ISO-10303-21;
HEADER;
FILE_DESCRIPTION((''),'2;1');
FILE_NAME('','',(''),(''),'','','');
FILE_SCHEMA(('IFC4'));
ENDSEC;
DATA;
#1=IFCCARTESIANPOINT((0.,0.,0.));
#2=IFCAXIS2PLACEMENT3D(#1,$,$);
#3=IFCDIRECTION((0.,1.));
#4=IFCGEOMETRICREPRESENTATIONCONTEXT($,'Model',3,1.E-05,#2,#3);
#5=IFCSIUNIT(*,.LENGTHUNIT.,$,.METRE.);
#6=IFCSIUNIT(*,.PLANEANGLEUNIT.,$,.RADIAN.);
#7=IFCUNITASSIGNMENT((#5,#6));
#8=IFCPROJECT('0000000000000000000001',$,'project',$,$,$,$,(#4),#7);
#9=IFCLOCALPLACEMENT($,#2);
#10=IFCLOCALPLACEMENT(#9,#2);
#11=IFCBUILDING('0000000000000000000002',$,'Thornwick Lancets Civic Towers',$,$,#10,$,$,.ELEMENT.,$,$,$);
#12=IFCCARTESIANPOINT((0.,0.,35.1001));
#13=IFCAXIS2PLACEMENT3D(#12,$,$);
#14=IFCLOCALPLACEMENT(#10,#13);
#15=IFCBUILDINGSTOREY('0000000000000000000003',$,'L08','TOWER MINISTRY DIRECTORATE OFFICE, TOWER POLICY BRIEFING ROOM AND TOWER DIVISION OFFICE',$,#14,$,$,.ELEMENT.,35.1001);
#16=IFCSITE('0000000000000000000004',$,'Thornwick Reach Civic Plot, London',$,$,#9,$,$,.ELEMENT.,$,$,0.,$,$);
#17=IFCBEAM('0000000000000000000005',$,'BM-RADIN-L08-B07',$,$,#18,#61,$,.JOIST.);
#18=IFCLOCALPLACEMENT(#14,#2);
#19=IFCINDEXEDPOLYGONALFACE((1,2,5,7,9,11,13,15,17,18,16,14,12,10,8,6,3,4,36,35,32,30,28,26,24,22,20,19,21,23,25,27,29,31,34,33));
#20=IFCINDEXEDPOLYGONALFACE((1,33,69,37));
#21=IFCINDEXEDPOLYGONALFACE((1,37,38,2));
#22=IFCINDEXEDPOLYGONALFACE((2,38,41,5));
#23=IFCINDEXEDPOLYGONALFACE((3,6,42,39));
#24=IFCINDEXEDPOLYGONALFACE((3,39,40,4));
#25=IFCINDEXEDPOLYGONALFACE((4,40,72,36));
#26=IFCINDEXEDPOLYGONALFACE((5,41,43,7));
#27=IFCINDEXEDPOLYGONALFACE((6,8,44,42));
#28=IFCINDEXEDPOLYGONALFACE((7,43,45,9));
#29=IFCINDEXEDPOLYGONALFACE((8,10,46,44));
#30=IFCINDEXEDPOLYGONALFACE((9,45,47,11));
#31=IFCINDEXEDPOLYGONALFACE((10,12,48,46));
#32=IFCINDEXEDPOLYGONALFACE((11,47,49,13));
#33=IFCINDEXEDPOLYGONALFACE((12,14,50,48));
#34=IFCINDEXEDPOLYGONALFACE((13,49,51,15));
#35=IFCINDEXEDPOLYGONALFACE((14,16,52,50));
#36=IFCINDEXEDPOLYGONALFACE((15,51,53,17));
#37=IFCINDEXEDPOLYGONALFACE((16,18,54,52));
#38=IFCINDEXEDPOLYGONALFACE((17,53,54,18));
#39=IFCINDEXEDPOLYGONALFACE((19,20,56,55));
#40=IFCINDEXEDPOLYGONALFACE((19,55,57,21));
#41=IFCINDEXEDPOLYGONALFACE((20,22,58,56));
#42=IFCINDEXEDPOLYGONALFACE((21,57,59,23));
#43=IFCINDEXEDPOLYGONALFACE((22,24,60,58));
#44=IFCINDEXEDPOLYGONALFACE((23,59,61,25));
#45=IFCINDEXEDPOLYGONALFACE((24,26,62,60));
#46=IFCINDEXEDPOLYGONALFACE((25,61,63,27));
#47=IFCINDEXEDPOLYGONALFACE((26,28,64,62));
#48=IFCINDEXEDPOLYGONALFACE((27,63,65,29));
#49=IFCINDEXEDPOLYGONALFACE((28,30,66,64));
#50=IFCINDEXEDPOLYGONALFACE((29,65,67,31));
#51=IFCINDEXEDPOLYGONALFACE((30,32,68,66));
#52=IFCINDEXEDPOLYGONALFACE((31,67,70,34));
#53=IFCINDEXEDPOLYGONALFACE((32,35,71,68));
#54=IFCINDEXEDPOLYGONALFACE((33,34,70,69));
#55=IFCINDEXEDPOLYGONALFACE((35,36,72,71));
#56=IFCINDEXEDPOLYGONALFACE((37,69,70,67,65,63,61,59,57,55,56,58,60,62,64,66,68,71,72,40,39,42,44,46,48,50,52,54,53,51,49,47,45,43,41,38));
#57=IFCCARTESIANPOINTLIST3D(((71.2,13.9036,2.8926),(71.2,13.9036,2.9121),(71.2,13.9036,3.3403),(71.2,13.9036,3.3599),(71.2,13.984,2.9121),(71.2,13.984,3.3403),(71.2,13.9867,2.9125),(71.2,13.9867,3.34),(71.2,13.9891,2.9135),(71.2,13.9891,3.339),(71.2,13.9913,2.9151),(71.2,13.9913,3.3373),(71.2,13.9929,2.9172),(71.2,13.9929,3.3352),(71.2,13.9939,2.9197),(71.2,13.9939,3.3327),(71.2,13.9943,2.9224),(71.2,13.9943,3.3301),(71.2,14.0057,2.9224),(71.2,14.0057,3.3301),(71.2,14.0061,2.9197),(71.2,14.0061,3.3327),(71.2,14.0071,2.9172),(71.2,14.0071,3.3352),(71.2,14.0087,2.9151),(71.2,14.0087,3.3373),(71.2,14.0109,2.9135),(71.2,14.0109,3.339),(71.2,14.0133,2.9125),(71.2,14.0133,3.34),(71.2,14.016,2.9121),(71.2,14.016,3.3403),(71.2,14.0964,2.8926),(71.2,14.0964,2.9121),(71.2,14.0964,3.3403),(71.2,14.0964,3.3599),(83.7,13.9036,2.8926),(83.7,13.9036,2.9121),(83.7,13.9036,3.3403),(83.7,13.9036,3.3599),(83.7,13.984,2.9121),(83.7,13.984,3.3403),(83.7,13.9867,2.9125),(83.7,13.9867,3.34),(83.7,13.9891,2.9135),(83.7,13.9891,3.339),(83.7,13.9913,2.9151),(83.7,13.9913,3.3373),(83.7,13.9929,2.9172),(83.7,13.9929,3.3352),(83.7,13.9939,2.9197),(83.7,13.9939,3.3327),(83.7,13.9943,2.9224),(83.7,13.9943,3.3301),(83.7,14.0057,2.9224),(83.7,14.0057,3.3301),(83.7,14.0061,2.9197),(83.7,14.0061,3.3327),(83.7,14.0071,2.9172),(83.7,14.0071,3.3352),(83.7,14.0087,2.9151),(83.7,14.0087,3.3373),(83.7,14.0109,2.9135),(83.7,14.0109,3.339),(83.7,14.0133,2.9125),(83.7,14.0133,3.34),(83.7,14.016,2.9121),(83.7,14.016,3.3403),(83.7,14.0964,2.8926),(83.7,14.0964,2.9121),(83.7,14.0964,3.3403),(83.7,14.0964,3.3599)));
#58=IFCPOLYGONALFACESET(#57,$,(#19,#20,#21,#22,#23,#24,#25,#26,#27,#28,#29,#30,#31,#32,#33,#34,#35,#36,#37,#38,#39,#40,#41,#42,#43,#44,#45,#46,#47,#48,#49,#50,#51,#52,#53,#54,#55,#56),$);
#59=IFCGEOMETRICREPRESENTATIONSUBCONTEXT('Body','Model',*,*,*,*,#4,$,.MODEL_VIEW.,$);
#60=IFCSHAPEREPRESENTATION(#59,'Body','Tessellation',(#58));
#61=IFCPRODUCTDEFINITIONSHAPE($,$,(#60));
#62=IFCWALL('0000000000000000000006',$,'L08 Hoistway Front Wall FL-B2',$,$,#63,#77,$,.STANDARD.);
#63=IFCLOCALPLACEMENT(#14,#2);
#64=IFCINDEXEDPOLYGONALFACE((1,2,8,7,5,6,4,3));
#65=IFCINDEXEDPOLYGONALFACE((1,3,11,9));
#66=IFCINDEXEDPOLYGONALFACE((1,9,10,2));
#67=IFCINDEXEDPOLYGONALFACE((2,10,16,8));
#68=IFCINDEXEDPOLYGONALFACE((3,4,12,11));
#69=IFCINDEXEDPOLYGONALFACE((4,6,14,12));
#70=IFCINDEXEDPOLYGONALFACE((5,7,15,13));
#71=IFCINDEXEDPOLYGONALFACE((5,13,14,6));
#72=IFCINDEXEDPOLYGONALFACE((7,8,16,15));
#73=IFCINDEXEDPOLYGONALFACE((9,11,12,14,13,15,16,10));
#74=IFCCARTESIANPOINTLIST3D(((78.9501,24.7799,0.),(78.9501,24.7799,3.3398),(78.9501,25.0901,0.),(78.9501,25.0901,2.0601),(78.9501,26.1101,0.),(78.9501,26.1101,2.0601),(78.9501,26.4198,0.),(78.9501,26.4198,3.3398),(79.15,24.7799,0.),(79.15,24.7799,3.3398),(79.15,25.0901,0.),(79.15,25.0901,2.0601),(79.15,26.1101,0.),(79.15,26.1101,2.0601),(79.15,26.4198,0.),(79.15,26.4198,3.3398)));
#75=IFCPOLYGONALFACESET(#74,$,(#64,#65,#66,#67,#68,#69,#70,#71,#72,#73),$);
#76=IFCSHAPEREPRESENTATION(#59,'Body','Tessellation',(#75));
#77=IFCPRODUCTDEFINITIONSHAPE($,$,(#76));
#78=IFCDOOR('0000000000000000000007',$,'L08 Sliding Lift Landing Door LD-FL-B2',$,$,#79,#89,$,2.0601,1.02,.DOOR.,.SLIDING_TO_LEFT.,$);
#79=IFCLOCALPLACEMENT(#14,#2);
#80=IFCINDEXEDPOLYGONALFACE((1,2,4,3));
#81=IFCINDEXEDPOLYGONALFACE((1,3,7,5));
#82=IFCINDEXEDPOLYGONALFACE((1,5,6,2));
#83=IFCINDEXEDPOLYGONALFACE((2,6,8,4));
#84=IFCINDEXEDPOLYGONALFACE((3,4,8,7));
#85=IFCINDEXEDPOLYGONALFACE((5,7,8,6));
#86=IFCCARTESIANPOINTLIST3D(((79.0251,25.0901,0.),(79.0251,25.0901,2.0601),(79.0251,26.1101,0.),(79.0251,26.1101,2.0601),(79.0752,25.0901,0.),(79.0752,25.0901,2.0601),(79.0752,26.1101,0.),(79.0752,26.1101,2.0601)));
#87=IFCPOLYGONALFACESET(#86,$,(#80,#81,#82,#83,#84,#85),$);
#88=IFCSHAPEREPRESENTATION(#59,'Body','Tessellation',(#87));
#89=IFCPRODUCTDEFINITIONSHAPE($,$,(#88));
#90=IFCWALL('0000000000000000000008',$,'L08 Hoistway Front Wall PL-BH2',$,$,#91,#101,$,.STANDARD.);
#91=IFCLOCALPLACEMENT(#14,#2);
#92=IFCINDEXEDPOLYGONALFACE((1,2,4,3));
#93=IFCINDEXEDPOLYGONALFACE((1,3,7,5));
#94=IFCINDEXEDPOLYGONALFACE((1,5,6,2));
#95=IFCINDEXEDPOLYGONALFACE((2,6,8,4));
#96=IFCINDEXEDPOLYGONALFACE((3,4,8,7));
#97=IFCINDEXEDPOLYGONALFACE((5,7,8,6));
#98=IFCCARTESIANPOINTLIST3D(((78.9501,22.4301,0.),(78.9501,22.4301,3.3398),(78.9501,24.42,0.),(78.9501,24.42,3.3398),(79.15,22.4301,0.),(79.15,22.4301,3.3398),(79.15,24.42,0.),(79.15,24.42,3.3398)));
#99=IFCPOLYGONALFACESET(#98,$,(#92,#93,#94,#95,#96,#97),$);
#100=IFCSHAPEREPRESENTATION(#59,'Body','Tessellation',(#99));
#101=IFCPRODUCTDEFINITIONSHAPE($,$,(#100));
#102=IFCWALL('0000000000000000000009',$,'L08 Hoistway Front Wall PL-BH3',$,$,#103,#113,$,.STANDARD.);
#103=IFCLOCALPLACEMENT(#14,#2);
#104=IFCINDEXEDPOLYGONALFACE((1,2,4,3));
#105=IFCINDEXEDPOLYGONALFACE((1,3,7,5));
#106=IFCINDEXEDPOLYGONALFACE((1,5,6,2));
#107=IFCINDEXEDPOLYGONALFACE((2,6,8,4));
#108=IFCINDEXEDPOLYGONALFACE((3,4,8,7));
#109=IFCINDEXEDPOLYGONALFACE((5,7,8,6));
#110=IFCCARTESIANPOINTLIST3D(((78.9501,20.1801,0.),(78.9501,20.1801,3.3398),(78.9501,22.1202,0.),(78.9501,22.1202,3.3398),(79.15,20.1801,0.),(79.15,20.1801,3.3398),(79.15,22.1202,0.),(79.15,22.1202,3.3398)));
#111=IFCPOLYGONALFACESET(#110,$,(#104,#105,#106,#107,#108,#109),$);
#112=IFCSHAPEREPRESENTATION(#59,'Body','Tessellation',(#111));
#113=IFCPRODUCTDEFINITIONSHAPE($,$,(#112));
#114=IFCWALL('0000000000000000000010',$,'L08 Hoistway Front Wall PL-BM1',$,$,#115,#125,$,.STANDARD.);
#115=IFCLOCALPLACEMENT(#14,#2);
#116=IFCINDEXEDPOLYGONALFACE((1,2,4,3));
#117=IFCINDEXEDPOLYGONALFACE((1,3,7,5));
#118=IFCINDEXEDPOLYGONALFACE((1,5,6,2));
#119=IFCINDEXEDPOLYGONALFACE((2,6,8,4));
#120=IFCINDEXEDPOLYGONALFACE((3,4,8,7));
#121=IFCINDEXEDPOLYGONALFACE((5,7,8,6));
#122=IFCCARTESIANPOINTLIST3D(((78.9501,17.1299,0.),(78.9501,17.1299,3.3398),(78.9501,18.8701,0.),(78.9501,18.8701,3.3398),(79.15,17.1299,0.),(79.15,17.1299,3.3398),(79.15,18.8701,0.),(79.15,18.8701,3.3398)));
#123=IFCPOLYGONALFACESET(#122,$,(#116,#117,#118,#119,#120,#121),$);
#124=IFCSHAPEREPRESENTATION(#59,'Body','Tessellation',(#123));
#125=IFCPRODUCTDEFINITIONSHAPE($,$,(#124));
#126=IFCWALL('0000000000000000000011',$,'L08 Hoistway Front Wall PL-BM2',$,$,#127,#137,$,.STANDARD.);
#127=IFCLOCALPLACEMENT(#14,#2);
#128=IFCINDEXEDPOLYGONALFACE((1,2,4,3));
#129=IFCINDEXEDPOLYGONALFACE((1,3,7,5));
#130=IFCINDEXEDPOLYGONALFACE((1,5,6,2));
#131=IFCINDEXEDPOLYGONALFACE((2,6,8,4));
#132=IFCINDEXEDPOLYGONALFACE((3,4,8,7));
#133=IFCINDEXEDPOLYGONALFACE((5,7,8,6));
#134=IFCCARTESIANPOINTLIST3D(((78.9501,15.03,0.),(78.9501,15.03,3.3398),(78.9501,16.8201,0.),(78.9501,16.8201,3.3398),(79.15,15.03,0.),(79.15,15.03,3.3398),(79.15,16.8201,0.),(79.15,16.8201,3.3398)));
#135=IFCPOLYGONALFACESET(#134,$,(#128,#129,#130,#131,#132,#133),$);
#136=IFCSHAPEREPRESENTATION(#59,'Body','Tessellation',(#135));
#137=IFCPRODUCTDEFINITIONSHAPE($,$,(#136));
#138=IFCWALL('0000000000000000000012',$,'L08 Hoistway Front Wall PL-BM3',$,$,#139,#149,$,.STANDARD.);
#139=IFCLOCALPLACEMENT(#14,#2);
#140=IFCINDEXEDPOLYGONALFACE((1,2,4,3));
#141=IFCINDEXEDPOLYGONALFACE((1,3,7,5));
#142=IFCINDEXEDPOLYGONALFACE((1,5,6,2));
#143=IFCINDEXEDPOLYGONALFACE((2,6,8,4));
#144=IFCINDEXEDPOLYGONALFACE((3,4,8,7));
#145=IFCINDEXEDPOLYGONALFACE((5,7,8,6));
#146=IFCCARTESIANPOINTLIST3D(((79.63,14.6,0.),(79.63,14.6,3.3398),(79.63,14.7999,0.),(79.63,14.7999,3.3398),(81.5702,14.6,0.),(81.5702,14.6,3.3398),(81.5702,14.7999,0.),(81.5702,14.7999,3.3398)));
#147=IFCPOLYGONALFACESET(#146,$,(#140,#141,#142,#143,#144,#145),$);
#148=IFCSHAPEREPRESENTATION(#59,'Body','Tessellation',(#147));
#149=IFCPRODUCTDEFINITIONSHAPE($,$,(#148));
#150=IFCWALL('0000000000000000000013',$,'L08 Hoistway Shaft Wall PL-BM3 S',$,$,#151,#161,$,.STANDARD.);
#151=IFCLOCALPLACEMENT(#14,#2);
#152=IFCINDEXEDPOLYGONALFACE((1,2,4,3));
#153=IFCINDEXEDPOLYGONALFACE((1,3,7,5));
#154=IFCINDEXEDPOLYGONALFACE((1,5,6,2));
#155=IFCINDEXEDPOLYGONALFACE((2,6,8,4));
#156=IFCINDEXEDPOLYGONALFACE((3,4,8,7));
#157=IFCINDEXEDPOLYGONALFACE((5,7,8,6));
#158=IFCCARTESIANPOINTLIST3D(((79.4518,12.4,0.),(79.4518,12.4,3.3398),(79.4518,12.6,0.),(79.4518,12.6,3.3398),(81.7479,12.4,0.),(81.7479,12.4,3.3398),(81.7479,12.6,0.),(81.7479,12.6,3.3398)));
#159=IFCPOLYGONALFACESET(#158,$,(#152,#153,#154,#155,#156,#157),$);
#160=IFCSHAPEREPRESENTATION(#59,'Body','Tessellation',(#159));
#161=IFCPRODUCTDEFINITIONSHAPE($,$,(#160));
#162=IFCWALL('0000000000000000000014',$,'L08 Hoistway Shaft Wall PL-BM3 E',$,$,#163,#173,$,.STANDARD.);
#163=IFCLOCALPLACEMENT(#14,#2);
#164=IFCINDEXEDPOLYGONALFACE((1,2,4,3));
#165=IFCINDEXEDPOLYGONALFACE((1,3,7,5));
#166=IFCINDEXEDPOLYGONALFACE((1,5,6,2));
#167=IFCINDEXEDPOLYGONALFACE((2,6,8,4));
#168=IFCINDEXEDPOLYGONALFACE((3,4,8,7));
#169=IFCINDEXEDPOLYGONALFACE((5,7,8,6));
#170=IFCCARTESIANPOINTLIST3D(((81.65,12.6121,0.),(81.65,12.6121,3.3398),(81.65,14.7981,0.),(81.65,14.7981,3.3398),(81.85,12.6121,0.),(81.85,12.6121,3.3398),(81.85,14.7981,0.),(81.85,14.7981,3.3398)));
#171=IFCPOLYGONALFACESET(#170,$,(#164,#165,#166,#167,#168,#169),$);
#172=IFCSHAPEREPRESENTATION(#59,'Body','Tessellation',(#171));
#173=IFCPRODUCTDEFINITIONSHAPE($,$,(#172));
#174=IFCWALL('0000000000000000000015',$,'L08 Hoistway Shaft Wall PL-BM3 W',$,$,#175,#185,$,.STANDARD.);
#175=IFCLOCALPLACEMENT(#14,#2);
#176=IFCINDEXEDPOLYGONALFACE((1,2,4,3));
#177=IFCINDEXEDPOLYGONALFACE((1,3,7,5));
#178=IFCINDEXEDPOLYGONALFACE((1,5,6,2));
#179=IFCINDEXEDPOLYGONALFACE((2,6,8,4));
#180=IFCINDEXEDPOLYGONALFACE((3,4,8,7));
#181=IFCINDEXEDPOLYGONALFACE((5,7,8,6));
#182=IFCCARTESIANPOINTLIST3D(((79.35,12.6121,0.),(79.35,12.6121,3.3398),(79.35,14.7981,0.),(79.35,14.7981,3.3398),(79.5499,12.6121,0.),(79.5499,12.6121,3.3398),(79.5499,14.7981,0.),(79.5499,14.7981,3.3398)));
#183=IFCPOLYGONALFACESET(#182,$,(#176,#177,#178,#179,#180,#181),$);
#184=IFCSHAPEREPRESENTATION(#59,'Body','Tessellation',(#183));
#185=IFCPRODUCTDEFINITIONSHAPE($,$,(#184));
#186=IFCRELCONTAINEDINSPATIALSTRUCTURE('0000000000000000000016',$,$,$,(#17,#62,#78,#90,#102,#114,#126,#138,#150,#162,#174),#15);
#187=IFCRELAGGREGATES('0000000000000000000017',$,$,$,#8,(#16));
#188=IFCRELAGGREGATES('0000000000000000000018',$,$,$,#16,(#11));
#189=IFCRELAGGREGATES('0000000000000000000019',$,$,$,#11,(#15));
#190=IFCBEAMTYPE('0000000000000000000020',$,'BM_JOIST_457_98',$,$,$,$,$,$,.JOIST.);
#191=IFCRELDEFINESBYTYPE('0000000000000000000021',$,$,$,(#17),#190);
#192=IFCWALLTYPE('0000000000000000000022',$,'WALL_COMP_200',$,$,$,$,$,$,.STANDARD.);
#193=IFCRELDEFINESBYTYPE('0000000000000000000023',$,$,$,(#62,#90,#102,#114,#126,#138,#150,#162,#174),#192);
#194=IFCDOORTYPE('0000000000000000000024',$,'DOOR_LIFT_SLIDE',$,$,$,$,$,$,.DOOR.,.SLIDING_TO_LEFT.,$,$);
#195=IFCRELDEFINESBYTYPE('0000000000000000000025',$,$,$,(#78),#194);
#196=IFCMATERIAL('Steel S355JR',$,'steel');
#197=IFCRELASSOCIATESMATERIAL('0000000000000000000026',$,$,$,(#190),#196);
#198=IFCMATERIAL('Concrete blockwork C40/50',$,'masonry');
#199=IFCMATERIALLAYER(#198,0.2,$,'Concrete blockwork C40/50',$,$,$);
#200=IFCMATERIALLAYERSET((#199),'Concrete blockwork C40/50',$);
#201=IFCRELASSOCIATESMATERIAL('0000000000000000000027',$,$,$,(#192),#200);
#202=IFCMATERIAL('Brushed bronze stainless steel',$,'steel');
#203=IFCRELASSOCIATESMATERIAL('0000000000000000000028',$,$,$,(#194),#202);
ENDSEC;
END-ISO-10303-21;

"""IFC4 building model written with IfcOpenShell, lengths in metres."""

from ifc_helpers import new_model, si_unit, direction, frame, frame_2d, origin, origin_2d, place, context, subcontext, project, spatial, rectangle, i_section, extrude, material, layer, layer_set, material_profile, profile_set, type_object, element, fill, save


model = new_model("IFC4")

# Units and contexts
model_context = context("Model", 3, precision=1e-05, world=origin(), true_north=direction((0.0, 1.0)))
body_context = subcontext(model_context, "Body", "Model", "MODEL_VIEW")
ifc_project = project(units=[si_unit("LENGTHUNIT", "METRE"), si_unit("PLANEANGLEUNIT", "RADIAN")], contexts=[model_context])

# Site, building, storey
site_placement = place(None, origin())
site = spatial("IfcSite", under=ifc_project, at=site_placement, Name="Thornwick Reach Civic Plot, London", CompositionType="ELEMENT", RefElevation=0.0)
building_placement = place(site_placement, origin())
building = spatial("IfcBuilding", under=site, at=building_placement, Name="Thornwick Lancets Civic Towers", CompositionType="ELEMENT")
storey_placement = place(building_placement, frame((0.0, 0.0, 35.1001)))
storey = spatial("IfcBuildingStorey", under=building, at=storey_placement, Name="L08", Description="TOWER MINISTRY DIRECTORATE OFFICE, TOWER POLICY BRIEFING ROOM AND TOWER DIVISION OFFICE", CompositionType="ELEMENT", Elevation=35.1001)

# Beam
ifc_material_1 = material(Name="Steel S355JR", Category="steel")
ifc_material_profile_1 = material_profile(ifc_material_1, i_section(OverallWidth=0.1929, OverallDepth=0.4673, WebThickness=0.0115, FlangeThickness=0.0195, FilletRadius=0.0103, at=origin_2d()), Name="UKB 457x191x98")
ifc_profile_set_1 = profile_set([ifc_material_profile_1], Name="Steel S355JR")
beam_type_1 = type_object("IfcBeamType", Name="BM_JOIST_457_98", PredefinedType="JOIST", material=ifc_profile_set_1)
beam_1_placement = place(storey_placement, frame((83.7, 14.0, 3.1262), z_axis=(-1.0, 0.0, 0.0), x_axis=(0.0, -1.0, 0.0)))
element("IfcBeam", 1, at=beam_1_placement, inside=storey, type_object=beam_type_1, Name="BM-RADIN-L08-B07", PredefinedType="JOIST", context=body_context, shape_type="SweptSolid", body=[
    extrude(i_section(OverallWidth=0.1929, OverallDepth=0.4673, WebThickness=0.0115, FlangeThickness=0.0195, FilletRadius=0.0103, at=origin_2d()), origin(), (0.0, 0.0, 1.0), 12.5),
])

# Wall, opening, door
ifc_material_2 = material(Name="Concrete blockwork C40/50", Category="masonry")
ifc_layer_1 = layer(ifc_material_2, 0.2, Name="Concrete blockwork C40/50")
ifc_layer_set_1 = layer_set([ifc_layer_1], Name="Concrete blockwork C40/50")
wall_type_1 = type_object("IfcWallType", Name="WALL_COMP_200", PredefinedType="STANDARD", material=ifc_layer_set_1)
wall_1_placement = place(storey_placement, frame((79.05, 24.78, 0.0), z_axis=(0.0, 0.0, 1.0), x_axis=(0.0, 1.0, 0.0)))
wall_1 = element("IfcWall", 2, at=wall_1_placement, inside=storey, type_object=wall_type_1, Name="L08 Hoistway Front Wall FL-B2", PredefinedType="STANDARD", context=body_context, shape_type="SweptSolid", body=[
    extrude(rectangle(XDim=1.6399, YDim=0.2, at=frame_2d((0.8198, 0.0))), origin(), (0.0, 0.0, 1.0), 3.3398),
])
opening_1_placement = place(wall_1_placement, frame((0.3101, 0.0, 0.0)))
opening_1 = element("IfcOpeningElement", 3, at=opening_1_placement, cuts=wall_1, PredefinedType="OPENING", context=body_context, shape_type="SweptSolid", body=[
    extrude(rectangle(XDim=1.02, YDim=2.0601, at=frame_2d((0.51, 1.03))), frame((0.0, 0.1099, 0.0), z_axis=(0.0, -1.0, 0.0), x_axis=(1.0, 0.0, 0.0)), (0.0, 0.0, 1.0), 0.22),
])
ifc_material_3 = material(Name="Brushed bronze stainless steel", Category="steel")
door_type_1 = type_object("IfcDoorType", Name="DOOR_LIFT_SLIDE", OperationType="SLIDING_TO_LEFT", PredefinedType="DOOR", material=ifc_material_3)
door_1_placement = place(opening_1_placement, origin())
door_1 = element("IfcDoor", 4, at=door_1_placement, inside=storey, type_object=door_type_1, Name="L08 Sliding Lift Landing Door LD-FL-B2", OperationType="SLIDING_TO_LEFT", OverallHeight=2.0601, OverallWidth=1.02, PredefinedType="DOOR", context=body_context, shape_type="SweptSolid", body=[
    extrude(rectangle(XDim=1.02, YDim=2.0601, at=frame_2d((0.51, 1.03))), frame((0.0, 0.0249, 0.0), z_axis=(0.0, -1.0, 0.0), x_axis=(1.0, 0.0, 0.0)), (0.0, 0.0, 1.0), 0.05),
])
fill(opening_1, door_1)

# Walls
wall_2_placement = place(storey_placement, frame((79.05, 22.4299, 0.0), z_axis=(0.0, 0.0, 1.0), x_axis=(0.0, 1.0, 0.0)))
element("IfcWall", 5, at=wall_2_placement, inside=storey, type_object=wall_type_1, Name="L08 Hoistway Front Wall PL-BH2", PredefinedType="STANDARD", context=body_context, shape_type="SweptSolid", body=[
    extrude(rectangle(XDim=1.99, YDim=0.2, at=frame_2d((0.9951, 0.0))), origin(), (0.0, 0.0, 1.0), 3.3398),
])
wall_3_placement = place(storey_placement, frame((79.05, 20.1799, 0.0), z_axis=(0.0, 0.0, 1.0), x_axis=(0.0, 1.0, 0.0)))
element("IfcWall", 6, at=wall_3_placement, inside=storey, type_object=wall_type_1, Name="L08 Hoistway Front Wall PL-BH3", PredefinedType="STANDARD", context=body_context, shape_type="SweptSolid", body=[
    extrude(rectangle(XDim=1.9402, YDim=0.2, at=frame_2d((0.9702, 0.0))), origin(), (0.0, 0.0, 1.0), 3.3398),
])
wall_4_placement = place(storey_placement, frame((79.05, 17.1299, 0.0), z_axis=(0.0, 0.0, 1.0), x_axis=(0.0, 1.0, 0.0)))
element("IfcWall", 7, at=wall_4_placement, inside=storey, type_object=wall_type_1, Name="L08 Hoistway Front Wall PL-BM1", PredefinedType="STANDARD", context=body_context, shape_type="SweptSolid", body=[
    extrude(rectangle(XDim=1.7402, YDim=0.2, at=frame_2d((0.8701, 0.0))), origin(), (0.0, 0.0, 1.0), 3.3398),
])
wall_5_placement = place(storey_placement, frame((79.05, 15.03, 0.0), z_axis=(0.0, 0.0, 1.0), x_axis=(0.0, 1.0, 0.0)))
element("IfcWall", 8, at=wall_5_placement, inside=storey, type_object=wall_type_1, Name="L08 Hoistway Front Wall PL-BM2", PredefinedType="STANDARD", context=body_context, shape_type="SweptSolid", body=[
    extrude(rectangle(XDim=1.79, YDim=0.2, at=frame_2d((0.895, 0.0))), origin(), (0.0, 0.0, 1.0), 3.3398),
])
wall_6_placement = place(storey_placement, frame((79.6299, 14.7, 0.0), z_axis=(0.0, 0.0, 1.0), x_axis=(1.0, 0.0, 0.0)))
element("IfcWall", 9, at=wall_6_placement, inside=storey, type_object=wall_type_1, Name="L08 Hoistway Front Wall PL-BM3", PredefinedType="STANDARD", context=body_context, shape_type="SweptSolid", body=[
    extrude(rectangle(XDim=1.9402, YDim=0.2, at=frame_2d((0.9702, 0.0))), origin(), (0.0, 0.0, 1.0), 3.3398),
])
wall_7_placement = place(storey_placement, frame((79.4519, 12.5, 0.0), z_axis=(0.0, 0.0, 1.0), x_axis=(1.0, 0.0, 0.0)))
element("IfcWall", 10, at=wall_7_placement, inside=storey, type_object=wall_type_1, Name="L08 Hoistway Shaft Wall PL-BM3 S", PredefinedType="STANDARD", context=body_context, shape_type="SweptSolid", body=[
    extrude(rectangle(XDim=2.2961, YDim=0.2, at=frame_2d((1.1479, 0.0))), origin(), (0.0, 0.0, 1.0), 3.3398),
])
for number, where, z_axis, x_axis, name in (
    (11, (81.75, 12.6121, 0.0), (0.0, 0.0, 1.0), (0.0, 1.0, 0.0), "L08 Hoistway Shaft Wall PL-BM3 E"),
    (12, (79.45, 12.6121, 0.0), (0.0, 0.0, 1.0), (0.0, 1.0, 0.0), "L08 Hoistway Shaft Wall PL-BM3 W"),
):
    element("IfcWall", number, at=place(storey_placement, frame(where, z_axis=z_axis, x_axis=x_axis)), inside=storey, type_object=wall_type_1, Name=name, PredefinedType="STANDARD", context=body_context, shape_type="SweptSolid", body=[
        extrude(rectangle(XDim=2.186, YDim=0.2, at=frame_2d((1.093, 0.0))), origin(), (0.0, 0.0, 1.0), 3.3398),
    ])

save(model, "model.ifc")
